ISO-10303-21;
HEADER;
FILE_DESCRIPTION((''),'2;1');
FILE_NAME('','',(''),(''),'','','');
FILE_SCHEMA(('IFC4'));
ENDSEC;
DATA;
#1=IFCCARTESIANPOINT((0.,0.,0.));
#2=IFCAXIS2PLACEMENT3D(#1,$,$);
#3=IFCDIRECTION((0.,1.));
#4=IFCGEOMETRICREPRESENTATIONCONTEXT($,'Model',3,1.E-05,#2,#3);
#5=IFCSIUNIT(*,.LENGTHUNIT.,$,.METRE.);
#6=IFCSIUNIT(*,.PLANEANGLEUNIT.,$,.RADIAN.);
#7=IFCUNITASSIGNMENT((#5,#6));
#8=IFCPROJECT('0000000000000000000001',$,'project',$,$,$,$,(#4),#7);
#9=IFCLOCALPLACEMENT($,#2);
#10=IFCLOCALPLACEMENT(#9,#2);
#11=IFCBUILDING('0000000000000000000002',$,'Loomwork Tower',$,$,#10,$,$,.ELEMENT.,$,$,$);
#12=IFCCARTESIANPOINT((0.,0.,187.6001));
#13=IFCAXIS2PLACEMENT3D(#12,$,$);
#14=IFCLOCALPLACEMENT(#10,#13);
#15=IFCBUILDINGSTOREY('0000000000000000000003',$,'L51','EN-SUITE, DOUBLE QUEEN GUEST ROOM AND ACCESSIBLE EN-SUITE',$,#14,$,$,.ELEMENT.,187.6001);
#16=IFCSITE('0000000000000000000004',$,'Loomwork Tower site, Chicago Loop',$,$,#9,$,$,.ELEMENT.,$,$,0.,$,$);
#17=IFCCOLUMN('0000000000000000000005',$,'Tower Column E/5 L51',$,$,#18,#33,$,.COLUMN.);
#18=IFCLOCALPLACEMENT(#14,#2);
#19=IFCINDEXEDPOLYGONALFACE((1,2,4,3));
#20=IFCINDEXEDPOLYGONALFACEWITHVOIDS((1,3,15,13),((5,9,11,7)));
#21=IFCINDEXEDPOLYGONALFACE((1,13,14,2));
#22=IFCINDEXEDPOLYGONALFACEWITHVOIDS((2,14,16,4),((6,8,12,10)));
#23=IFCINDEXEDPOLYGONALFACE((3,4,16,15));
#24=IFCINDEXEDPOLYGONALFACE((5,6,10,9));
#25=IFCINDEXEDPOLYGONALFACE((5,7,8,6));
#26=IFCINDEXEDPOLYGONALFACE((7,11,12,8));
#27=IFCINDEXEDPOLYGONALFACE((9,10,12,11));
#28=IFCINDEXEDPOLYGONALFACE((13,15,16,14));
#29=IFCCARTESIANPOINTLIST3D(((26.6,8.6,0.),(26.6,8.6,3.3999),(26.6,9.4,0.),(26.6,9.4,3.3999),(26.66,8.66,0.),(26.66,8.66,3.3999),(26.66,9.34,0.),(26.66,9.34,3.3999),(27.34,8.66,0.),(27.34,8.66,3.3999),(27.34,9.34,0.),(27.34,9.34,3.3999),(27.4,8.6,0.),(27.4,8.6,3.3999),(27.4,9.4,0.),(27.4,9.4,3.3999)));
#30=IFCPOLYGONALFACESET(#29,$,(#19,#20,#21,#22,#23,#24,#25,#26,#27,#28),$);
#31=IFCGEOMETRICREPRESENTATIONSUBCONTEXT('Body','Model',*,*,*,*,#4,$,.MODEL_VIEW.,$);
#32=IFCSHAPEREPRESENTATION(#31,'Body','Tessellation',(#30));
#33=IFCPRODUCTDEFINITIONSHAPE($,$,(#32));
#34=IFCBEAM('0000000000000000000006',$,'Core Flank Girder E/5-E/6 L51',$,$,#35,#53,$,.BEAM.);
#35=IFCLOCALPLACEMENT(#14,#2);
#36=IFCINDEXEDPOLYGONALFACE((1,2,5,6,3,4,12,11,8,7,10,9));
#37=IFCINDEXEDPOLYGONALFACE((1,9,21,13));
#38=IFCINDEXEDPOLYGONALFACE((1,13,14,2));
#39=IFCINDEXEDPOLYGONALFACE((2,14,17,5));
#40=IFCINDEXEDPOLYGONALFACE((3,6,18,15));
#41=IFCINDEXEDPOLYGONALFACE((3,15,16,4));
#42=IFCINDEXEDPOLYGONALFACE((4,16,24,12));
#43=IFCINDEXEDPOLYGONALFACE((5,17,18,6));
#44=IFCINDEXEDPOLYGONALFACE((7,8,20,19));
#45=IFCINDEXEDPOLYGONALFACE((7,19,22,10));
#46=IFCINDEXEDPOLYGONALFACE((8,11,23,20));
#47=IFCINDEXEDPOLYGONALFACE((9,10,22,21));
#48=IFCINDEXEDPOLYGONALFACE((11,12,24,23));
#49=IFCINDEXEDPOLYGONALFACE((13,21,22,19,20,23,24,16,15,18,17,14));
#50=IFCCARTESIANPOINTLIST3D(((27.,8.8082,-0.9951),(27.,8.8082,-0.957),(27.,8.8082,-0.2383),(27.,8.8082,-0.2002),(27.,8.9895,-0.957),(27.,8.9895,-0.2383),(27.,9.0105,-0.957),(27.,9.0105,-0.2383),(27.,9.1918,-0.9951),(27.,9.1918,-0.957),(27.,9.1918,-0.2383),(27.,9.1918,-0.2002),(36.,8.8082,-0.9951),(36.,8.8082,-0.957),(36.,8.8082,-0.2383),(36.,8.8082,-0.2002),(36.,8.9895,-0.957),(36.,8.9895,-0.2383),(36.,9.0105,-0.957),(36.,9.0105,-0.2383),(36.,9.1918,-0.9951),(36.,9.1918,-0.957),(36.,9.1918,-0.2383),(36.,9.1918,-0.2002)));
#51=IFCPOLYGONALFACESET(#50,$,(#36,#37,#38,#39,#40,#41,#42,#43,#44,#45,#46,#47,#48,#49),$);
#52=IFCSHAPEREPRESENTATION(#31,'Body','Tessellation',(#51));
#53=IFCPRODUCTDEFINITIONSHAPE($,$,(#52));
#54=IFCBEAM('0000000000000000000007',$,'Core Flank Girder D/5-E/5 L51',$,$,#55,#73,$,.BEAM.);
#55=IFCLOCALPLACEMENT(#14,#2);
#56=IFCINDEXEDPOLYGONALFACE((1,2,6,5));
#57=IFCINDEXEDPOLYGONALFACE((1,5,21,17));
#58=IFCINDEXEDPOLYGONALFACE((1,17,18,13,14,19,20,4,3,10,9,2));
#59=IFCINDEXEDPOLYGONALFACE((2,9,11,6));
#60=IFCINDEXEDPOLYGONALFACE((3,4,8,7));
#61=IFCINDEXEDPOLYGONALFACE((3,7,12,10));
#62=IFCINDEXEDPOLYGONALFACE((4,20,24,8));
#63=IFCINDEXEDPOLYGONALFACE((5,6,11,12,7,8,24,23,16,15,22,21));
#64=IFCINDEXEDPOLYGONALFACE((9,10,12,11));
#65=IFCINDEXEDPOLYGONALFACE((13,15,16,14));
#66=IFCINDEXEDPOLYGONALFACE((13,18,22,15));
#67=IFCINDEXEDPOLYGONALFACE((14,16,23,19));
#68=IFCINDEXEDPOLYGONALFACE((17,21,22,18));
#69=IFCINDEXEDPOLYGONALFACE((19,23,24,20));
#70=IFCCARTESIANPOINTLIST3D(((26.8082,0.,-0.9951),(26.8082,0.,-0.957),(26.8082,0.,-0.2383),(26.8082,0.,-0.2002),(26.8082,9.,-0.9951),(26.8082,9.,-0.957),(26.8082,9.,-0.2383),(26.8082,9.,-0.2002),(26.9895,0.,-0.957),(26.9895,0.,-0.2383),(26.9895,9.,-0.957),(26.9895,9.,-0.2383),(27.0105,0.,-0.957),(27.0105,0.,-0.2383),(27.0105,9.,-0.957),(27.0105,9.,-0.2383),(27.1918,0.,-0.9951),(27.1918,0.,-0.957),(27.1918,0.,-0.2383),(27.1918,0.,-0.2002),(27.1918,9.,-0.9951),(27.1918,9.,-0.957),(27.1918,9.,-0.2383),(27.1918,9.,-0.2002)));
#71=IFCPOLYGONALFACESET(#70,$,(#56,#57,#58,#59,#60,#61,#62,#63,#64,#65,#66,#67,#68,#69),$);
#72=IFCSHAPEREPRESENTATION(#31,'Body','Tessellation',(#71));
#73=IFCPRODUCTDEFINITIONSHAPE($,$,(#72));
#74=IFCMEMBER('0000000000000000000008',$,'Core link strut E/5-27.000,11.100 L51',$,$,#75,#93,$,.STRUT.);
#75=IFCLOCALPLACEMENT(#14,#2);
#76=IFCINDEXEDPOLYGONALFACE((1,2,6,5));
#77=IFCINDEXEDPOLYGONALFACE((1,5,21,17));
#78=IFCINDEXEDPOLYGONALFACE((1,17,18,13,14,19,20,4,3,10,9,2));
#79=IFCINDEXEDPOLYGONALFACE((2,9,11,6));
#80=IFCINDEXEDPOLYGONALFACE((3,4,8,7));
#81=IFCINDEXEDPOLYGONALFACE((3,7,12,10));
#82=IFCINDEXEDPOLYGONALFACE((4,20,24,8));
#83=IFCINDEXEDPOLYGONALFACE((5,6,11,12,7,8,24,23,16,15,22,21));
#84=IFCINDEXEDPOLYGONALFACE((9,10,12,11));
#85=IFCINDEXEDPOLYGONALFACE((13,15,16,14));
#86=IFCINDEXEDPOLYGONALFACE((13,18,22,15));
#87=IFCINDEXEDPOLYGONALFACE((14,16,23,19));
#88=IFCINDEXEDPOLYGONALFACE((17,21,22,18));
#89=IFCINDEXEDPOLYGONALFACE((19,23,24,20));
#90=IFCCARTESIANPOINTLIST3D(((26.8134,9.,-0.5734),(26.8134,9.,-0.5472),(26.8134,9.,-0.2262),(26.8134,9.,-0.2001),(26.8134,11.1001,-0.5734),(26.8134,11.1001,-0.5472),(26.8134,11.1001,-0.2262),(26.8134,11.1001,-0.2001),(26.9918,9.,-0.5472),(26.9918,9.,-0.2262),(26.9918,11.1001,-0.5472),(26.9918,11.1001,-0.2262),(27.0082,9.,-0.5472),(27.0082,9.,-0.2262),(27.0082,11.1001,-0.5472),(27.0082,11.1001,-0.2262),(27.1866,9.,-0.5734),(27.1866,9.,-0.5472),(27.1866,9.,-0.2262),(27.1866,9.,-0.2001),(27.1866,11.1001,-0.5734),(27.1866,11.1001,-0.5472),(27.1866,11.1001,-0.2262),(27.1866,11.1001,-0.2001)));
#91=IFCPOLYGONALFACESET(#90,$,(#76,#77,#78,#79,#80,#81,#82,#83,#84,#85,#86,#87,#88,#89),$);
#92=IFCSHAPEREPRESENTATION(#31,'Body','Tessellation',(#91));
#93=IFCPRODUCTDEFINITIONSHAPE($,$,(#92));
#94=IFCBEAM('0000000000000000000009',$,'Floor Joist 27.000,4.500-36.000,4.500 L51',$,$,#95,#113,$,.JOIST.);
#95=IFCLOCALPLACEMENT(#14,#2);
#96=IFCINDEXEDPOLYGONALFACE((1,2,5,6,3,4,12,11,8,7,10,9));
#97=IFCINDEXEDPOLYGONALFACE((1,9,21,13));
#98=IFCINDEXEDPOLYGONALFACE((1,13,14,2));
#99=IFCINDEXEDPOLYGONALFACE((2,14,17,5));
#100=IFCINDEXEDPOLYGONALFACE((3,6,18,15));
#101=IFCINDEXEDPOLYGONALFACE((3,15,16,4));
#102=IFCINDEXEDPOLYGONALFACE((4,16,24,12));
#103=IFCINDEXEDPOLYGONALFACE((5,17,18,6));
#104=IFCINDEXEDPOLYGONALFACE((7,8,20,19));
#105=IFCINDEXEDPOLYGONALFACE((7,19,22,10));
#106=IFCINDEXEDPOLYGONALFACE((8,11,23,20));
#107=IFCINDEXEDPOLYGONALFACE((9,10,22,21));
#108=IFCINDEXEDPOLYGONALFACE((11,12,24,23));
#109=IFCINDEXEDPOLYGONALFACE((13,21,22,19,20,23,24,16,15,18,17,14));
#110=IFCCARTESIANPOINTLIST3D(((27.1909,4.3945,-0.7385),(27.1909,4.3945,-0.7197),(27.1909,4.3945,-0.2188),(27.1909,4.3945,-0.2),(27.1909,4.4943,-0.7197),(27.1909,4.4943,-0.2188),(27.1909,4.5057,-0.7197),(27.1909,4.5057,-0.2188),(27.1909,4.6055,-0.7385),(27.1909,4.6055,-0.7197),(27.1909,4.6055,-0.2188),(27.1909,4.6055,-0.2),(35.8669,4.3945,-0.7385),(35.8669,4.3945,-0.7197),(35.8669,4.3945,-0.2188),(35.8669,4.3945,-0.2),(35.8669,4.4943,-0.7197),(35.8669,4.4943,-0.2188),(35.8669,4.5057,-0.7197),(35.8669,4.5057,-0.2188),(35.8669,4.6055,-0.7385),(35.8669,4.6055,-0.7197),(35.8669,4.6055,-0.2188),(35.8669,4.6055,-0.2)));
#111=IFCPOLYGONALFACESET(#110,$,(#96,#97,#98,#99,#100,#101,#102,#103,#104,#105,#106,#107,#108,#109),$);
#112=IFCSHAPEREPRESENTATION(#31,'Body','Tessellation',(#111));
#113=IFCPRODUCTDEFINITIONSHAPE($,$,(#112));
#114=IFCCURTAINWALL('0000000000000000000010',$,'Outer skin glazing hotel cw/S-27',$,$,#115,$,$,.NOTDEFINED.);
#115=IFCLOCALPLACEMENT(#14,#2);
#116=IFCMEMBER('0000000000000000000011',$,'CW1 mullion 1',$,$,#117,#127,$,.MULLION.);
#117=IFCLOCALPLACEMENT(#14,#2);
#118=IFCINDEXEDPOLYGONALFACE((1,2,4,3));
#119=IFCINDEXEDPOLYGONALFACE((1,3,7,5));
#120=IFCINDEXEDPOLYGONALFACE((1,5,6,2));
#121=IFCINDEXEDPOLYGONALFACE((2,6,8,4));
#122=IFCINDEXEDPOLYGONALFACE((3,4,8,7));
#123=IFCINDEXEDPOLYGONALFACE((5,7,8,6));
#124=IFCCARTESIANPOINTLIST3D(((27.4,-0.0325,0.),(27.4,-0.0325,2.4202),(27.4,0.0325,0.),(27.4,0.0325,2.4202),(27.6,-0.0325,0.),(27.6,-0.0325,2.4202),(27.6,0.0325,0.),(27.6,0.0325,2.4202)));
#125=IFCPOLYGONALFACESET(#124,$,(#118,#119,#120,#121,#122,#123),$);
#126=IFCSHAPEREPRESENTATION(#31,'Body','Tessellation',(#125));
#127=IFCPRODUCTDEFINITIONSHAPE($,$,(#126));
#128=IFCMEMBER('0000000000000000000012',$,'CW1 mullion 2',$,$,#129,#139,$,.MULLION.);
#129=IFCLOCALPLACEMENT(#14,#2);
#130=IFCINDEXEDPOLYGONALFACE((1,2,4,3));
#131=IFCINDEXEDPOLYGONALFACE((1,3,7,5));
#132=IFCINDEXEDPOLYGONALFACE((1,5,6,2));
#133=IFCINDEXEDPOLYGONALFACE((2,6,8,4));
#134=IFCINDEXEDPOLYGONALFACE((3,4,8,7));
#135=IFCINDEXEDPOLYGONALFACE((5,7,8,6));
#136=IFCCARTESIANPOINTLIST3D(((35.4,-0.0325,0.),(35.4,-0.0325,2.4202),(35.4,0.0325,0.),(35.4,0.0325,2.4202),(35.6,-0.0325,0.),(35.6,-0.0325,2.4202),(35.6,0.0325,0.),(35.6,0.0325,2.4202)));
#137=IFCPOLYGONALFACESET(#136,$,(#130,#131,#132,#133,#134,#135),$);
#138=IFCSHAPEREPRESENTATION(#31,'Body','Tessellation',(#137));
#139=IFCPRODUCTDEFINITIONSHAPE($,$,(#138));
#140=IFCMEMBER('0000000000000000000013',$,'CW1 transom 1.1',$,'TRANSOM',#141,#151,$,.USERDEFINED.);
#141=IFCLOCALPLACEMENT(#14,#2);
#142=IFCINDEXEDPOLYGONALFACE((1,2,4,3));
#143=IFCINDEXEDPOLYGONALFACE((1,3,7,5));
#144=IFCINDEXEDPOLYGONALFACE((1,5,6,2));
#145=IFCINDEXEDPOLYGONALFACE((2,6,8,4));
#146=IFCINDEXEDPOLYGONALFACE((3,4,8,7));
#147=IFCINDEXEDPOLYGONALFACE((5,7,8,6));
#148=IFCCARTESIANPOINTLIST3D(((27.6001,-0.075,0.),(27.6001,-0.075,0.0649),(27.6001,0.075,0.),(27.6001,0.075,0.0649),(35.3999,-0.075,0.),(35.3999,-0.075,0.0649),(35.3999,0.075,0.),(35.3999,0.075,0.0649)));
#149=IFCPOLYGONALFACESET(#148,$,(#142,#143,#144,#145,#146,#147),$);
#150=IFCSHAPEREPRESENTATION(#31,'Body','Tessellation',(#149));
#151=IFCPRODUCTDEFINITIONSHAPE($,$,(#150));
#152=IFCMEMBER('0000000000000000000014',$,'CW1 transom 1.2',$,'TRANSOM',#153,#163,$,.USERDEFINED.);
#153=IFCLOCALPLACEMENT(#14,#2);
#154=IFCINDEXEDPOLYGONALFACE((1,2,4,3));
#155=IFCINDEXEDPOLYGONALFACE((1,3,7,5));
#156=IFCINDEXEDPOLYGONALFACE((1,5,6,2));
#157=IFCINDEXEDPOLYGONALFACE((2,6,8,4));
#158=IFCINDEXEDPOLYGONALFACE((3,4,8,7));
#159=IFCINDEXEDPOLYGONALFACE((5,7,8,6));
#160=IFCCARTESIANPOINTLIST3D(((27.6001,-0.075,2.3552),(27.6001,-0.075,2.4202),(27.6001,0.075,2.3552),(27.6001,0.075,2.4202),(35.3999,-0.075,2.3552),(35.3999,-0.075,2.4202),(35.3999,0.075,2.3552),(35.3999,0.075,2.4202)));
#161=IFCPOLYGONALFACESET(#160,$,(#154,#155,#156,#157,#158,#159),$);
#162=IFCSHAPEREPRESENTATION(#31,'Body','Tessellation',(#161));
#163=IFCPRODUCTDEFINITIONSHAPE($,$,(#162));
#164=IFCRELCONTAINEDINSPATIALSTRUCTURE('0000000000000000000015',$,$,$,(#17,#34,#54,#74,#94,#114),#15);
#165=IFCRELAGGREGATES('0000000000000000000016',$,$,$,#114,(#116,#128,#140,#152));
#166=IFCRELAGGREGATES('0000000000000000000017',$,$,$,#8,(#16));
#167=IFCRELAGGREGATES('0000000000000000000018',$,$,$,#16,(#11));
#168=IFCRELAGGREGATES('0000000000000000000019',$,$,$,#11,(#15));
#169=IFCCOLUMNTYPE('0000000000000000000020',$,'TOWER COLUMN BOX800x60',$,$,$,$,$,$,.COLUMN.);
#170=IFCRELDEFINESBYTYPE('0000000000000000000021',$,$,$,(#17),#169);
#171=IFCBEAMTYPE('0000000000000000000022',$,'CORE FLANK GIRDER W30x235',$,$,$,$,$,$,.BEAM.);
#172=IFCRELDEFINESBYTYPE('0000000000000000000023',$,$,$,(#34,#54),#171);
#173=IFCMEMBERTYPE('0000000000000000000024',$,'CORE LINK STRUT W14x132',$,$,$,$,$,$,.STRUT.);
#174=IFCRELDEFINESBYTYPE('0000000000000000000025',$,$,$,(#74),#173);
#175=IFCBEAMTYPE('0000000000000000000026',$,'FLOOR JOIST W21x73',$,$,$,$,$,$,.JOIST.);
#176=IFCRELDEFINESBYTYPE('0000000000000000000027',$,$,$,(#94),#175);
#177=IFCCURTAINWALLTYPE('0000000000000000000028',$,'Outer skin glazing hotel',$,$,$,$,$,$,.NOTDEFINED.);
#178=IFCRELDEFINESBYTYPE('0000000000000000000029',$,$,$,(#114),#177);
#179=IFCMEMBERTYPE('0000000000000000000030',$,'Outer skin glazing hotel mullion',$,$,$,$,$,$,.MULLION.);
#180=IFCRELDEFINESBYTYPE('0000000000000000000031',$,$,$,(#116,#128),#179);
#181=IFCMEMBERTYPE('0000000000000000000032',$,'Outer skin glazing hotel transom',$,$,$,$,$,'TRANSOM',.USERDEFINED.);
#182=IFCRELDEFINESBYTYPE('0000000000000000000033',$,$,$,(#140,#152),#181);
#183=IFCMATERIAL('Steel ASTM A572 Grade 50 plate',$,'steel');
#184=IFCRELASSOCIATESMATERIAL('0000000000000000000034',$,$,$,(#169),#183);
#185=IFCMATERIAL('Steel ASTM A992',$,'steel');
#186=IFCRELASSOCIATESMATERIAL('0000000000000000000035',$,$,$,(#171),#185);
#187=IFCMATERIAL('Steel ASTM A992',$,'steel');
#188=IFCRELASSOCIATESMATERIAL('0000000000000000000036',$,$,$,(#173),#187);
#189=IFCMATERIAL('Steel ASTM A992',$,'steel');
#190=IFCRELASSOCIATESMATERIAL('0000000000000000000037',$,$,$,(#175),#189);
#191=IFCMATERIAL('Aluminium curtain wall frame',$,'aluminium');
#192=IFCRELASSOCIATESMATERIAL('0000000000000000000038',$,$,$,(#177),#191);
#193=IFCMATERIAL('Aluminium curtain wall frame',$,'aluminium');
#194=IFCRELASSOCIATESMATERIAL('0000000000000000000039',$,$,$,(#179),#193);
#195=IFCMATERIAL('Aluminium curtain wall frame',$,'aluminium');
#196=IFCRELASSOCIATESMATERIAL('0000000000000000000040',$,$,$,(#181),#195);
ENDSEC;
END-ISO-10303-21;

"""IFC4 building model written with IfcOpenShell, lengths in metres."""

from ifc_helpers import new_model, si_unit, direction, frame, origin, origin_2d, place, context, subcontext, project, spatial, rectangle, hollow_rectangle, i_section, extrude, material, material_profile, profile_set, type_object, element, aggregate, save


model = new_model("IFC4")

# Units and contexts
model_context = context("Model", 3, precision=1e-05, world=origin(), true_north=direction((0.0, 1.0)))
body_context = subcontext(model_context, "Body", "Model", "MODEL_VIEW")
ifc_project = project(units=[si_unit("LENGTHUNIT", "METRE"), si_unit("PLANEANGLEUNIT", "RADIAN")], contexts=[model_context])

# Site, building, storey
site_placement = place(None, origin())
site = spatial("IfcSite", under=ifc_project, at=site_placement, Name="Loomwork Tower site, Chicago Loop", CompositionType="ELEMENT", RefElevation=0.0)
building_placement = place(site_placement, origin())
building = spatial("IfcBuilding", under=site, at=building_placement, Name="Loomwork Tower", CompositionType="ELEMENT")
storey_placement = place(building_placement, frame((0.0, 0.0, 187.6001)))
storey = spatial("IfcBuildingStorey", under=building, at=storey_placement, Name="L51", Description="EN-SUITE, DOUBLE QUEEN GUEST ROOM AND ACCESSIBLE EN-SUITE", CompositionType="ELEMENT", Elevation=187.6001)

# Column
ifc_material_1 = material(Name="Steel ASTM A572 Grade 50 plate", Category="steel")
ifc_material_profile_1 = material_profile(ifc_material_1, hollow_rectangle(XDim=0.8, YDim=0.8, WallThickness=0.0601, at=origin_2d()), Name="BOX800x60")
ifc_profile_set_1 = profile_set([ifc_material_profile_1], Name="Steel ASTM A572 Grade 50 plate")
column_type = type_object("IfcColumnType", Name="TOWER COLUMN BOX800x60", PredefinedType="COLUMN", material=ifc_profile_set_1)
column_placement = place(storey_placement, frame((27.0, 9.0, 0.0), z_axis=(0.0, 0.0, 1.0), x_axis=(1.0, 0.0, 0.0)))
element("IfcColumn", 1, at=column_placement, inside=storey, type_object=column_type, Name="Tower Column E/5 L51", PredefinedType="COLUMN", context=body_context, shape_type="SweptSolid", body=[
    extrude(hollow_rectangle(XDim=0.8, YDim=0.8, WallThickness=0.0601, at=origin_2d()), origin(), (0.0, 0.0, 1.0), 3.3999),
])

# Beams
ifc_material_2 = material(Name="Steel ASTM A992", Category="steel")
ifc_material_profile_2 = material_profile(ifc_material_2, i_section(OverallWidth=0.3835, OverallDepth=0.7949, WebThickness=0.021, FlangeThickness=0.0381, at=origin_2d()), Name="W30x235")
ifc_profile_set_2 = profile_set([ifc_material_profile_2], Name="Steel ASTM A992")
beam_type_1 = type_object("IfcBeamType", Name="CORE FLANK GIRDER W30x235", PredefinedType="BEAM", material=ifc_profile_set_2)
for number, where, z_axis, x_axis, name in (
    (2, (27.0, 9.0, -0.5977), (1.0, 0.0, 0.0), (0.0, 1.0, 0.0), "Core Flank Girder E/5-E/6 L51"),
    (3, (27.0, 0.0, -0.5977), (0.0, 1.0, 0.0), (-1.0, 0.0, 0.0), "Core Flank Girder D/5-E/5 L51"),
):
    element("IfcBeam", number, at=place(storey_placement, frame(where, z_axis=z_axis, x_axis=x_axis)), inside=storey, type_object=beam_type_1, Name=name, PredefinedType="BEAM", context=body_context, shape_type="SweptSolid", body=[
        extrude(i_section(OverallWidth=0.3835, OverallDepth=0.7949, WebThickness=0.021, FlangeThickness=0.0381, at=origin_2d()), origin(), (0.0, 0.0, 1.0), 9.0),
    ])

# Member
ifc_material_3 = material(Name="Steel ASTM A992", Category="steel")
ifc_material_profile_3 = material_profile(ifc_material_3, i_section(OverallWidth=0.3733, OverallDepth=0.3733, WebThickness=0.0164, FlangeThickness=0.0261, at=origin_2d()), Name="W14x132")
ifc_profile_set_3 = profile_set([ifc_material_profile_3], Name="Steel ASTM A992")
member_type_1 = type_object("IfcMemberType", Name="CORE LINK STRUT W14x132", PredefinedType="STRUT", material=ifc_profile_set_3)
member_1_placement = place(storey_placement, frame((27.0, 9.0, -0.3867), z_axis=(0.0, 1.0, 0.0), x_axis=(-1.0, 0.0, 0.0)))
element("IfcMember", 4, at=member_1_placement, inside=storey, type_object=member_type_1, Name="Core link strut E/5-27.000,11.100 L51", PredefinedType="STRUT", context=body_context, shape_type="SweptSolid", body=[
    extrude(i_section(OverallWidth=0.3733, OverallDepth=0.3733, WebThickness=0.0164, FlangeThickness=0.0261, at=origin_2d()), origin(), (0.0, 0.0, 1.0), 2.1001),
])

# Beam
ifc_material_4 = material(Name="Steel ASTM A992", Category="steel")
ifc_material_profile_4 = material_profile(ifc_material_4, i_section(OverallWidth=0.2109, OverallDepth=0.5386, WebThickness=0.0115, FlangeThickness=0.0188, at=origin_2d()), Name="W21x73")
ifc_profile_set_4 = profile_set([ifc_material_profile_4], Name="Steel ASTM A992")
beam_type_2 = type_object("IfcBeamType", Name="FLOOR JOIST W21x73", PredefinedType="JOIST", material=ifc_profile_set_4)
beam_1_placement = place(storey_placement, frame((27.1909, 4.5, -0.4692), z_axis=(1.0, 0.0, 0.0), x_axis=(0.0, 1.0, 0.0)))
element("IfcBeam", 5, at=beam_1_placement, inside=storey, type_object=beam_type_2, Name="Floor Joist 27.000,4.500-36.000,4.500 L51", PredefinedType="JOIST", context=body_context, shape_type="SweptSolid", body=[
    extrude(i_section(OverallWidth=0.2109, OverallDepth=0.5386, WebThickness=0.0115, FlangeThickness=0.0188, at=origin_2d()), origin(), (0.0, 0.0, 1.0), 8.676),
])

# Curtain wall, members
ifc_material_5 = material(Name="Aluminium curtain wall frame", Category="aluminium")
curtain_wall_type = type_object("IfcCurtainWallType", Name="Outer skin glazing hotel", PredefinedType="NOTDEFINED", material=ifc_material_5)
curtain_wall_placement = place(storey_placement, origin())
curtain_wall = element("IfcCurtainWall", 6, at=curtain_wall_placement, inside=storey, type_object=curtain_wall_type, Name="Outer skin glazing hotel cw/S-27", PredefinedType="NOTDEFINED")
ifc_material_6 = material(Name="Aluminium curtain wall frame", Category="aluminium")
ifc_material_profile_5 = material_profile(ifc_material_6, rectangle(XDim=0.0649, YDim=0.2, at=origin_2d()), Name="AL 65x200")
ifc_profile_set_5 = profile_set([ifc_material_profile_5], Name="Aluminium curtain wall frame")
member_type_2 = type_object("IfcMemberType", Name="Outer skin glazing hotel mullion", PredefinedType="MULLION", material=ifc_profile_set_5)
member_2_placement = place(storey_placement, frame((27.5, 0.0, 0.0), z_axis=(0.0, 0.0, 1.0), x_axis=(0.0, 1.0, 0.0)))
member_2 = element("IfcMember", 7, at=member_2_placement, type_object=member_type_2, Name="CW1 mullion 1", PredefinedType="MULLION", context=body_context, shape_type="SweptSolid", body=[
    extrude(rectangle(XDim=0.0649, YDim=0.2, at=origin_2d()), origin(), (0.0, 0.0, 1.0), 2.4202),
])
member_3_placement = place(storey_placement, frame((35.5, 0.0, 0.0), z_axis=(0.0, 0.0, 1.0), x_axis=(0.0, 1.0, 0.0)))
member_3 = element("IfcMember", 8, at=member_3_placement, type_object=member_type_2, Name="CW1 mullion 2", PredefinedType="MULLION", context=body_context, shape_type="SweptSolid", body=[
    extrude(rectangle(XDim=0.0649, YDim=0.2, at=origin_2d()), origin(), (0.0, 0.0, 1.0), 2.4202),
])
ifc_material_7 = material(Name="Aluminium curtain wall frame", Category="aluminium")
ifc_material_profile_6 = material_profile(ifc_material_7, rectangle(XDim=0.1499, YDim=0.0649, at=origin_2d()), Name="AL 65x150")
ifc_profile_set_6 = profile_set([ifc_material_profile_6], Name="Aluminium curtain wall frame")
member_type_3 = type_object("IfcMemberType", Name="Outer skin glazing hotel transom", ElementType="TRANSOM", PredefinedType="USERDEFINED", material=ifc_profile_set_6)
member_4_placement = place(storey_placement, frame((27.6001, 0.0, 0.0325), z_axis=(1.0, 0.0, 0.0), x_axis=(0.0, 1.0, 0.0)))
member_4 = element("IfcMember", 9, at=member_4_placement, type_object=member_type_3, Name="CW1 transom 1.1", ObjectType="TRANSOM", PredefinedType="USERDEFINED", context=body_context, shape_type="SweptSolid", body=[
    extrude(rectangle(XDim=0.1499, YDim=0.0649, at=origin_2d()), origin(), (0.0, 0.0, 1.0), 7.7998),
])
member_5_placement = place(storey_placement, frame((27.6001, 0.0, 2.3877), z_axis=(1.0, 0.0, 0.0), x_axis=(0.0, 1.0, 0.0)))
member_5 = element("IfcMember", 10, at=member_5_placement, type_object=member_type_3, Name="CW1 transom 1.2", ObjectType="TRANSOM", PredefinedType="USERDEFINED", context=body_context, shape_type="SweptSolid", body=[
    extrude(rectangle(XDim=0.1499, YDim=0.0649, at=origin_2d()), origin(), (0.0, 0.0, 1.0), 7.7998),
])

aggregate(curtain_wall, [member_2, member_3, member_4, member_5])

save(model, "model.ifc")
